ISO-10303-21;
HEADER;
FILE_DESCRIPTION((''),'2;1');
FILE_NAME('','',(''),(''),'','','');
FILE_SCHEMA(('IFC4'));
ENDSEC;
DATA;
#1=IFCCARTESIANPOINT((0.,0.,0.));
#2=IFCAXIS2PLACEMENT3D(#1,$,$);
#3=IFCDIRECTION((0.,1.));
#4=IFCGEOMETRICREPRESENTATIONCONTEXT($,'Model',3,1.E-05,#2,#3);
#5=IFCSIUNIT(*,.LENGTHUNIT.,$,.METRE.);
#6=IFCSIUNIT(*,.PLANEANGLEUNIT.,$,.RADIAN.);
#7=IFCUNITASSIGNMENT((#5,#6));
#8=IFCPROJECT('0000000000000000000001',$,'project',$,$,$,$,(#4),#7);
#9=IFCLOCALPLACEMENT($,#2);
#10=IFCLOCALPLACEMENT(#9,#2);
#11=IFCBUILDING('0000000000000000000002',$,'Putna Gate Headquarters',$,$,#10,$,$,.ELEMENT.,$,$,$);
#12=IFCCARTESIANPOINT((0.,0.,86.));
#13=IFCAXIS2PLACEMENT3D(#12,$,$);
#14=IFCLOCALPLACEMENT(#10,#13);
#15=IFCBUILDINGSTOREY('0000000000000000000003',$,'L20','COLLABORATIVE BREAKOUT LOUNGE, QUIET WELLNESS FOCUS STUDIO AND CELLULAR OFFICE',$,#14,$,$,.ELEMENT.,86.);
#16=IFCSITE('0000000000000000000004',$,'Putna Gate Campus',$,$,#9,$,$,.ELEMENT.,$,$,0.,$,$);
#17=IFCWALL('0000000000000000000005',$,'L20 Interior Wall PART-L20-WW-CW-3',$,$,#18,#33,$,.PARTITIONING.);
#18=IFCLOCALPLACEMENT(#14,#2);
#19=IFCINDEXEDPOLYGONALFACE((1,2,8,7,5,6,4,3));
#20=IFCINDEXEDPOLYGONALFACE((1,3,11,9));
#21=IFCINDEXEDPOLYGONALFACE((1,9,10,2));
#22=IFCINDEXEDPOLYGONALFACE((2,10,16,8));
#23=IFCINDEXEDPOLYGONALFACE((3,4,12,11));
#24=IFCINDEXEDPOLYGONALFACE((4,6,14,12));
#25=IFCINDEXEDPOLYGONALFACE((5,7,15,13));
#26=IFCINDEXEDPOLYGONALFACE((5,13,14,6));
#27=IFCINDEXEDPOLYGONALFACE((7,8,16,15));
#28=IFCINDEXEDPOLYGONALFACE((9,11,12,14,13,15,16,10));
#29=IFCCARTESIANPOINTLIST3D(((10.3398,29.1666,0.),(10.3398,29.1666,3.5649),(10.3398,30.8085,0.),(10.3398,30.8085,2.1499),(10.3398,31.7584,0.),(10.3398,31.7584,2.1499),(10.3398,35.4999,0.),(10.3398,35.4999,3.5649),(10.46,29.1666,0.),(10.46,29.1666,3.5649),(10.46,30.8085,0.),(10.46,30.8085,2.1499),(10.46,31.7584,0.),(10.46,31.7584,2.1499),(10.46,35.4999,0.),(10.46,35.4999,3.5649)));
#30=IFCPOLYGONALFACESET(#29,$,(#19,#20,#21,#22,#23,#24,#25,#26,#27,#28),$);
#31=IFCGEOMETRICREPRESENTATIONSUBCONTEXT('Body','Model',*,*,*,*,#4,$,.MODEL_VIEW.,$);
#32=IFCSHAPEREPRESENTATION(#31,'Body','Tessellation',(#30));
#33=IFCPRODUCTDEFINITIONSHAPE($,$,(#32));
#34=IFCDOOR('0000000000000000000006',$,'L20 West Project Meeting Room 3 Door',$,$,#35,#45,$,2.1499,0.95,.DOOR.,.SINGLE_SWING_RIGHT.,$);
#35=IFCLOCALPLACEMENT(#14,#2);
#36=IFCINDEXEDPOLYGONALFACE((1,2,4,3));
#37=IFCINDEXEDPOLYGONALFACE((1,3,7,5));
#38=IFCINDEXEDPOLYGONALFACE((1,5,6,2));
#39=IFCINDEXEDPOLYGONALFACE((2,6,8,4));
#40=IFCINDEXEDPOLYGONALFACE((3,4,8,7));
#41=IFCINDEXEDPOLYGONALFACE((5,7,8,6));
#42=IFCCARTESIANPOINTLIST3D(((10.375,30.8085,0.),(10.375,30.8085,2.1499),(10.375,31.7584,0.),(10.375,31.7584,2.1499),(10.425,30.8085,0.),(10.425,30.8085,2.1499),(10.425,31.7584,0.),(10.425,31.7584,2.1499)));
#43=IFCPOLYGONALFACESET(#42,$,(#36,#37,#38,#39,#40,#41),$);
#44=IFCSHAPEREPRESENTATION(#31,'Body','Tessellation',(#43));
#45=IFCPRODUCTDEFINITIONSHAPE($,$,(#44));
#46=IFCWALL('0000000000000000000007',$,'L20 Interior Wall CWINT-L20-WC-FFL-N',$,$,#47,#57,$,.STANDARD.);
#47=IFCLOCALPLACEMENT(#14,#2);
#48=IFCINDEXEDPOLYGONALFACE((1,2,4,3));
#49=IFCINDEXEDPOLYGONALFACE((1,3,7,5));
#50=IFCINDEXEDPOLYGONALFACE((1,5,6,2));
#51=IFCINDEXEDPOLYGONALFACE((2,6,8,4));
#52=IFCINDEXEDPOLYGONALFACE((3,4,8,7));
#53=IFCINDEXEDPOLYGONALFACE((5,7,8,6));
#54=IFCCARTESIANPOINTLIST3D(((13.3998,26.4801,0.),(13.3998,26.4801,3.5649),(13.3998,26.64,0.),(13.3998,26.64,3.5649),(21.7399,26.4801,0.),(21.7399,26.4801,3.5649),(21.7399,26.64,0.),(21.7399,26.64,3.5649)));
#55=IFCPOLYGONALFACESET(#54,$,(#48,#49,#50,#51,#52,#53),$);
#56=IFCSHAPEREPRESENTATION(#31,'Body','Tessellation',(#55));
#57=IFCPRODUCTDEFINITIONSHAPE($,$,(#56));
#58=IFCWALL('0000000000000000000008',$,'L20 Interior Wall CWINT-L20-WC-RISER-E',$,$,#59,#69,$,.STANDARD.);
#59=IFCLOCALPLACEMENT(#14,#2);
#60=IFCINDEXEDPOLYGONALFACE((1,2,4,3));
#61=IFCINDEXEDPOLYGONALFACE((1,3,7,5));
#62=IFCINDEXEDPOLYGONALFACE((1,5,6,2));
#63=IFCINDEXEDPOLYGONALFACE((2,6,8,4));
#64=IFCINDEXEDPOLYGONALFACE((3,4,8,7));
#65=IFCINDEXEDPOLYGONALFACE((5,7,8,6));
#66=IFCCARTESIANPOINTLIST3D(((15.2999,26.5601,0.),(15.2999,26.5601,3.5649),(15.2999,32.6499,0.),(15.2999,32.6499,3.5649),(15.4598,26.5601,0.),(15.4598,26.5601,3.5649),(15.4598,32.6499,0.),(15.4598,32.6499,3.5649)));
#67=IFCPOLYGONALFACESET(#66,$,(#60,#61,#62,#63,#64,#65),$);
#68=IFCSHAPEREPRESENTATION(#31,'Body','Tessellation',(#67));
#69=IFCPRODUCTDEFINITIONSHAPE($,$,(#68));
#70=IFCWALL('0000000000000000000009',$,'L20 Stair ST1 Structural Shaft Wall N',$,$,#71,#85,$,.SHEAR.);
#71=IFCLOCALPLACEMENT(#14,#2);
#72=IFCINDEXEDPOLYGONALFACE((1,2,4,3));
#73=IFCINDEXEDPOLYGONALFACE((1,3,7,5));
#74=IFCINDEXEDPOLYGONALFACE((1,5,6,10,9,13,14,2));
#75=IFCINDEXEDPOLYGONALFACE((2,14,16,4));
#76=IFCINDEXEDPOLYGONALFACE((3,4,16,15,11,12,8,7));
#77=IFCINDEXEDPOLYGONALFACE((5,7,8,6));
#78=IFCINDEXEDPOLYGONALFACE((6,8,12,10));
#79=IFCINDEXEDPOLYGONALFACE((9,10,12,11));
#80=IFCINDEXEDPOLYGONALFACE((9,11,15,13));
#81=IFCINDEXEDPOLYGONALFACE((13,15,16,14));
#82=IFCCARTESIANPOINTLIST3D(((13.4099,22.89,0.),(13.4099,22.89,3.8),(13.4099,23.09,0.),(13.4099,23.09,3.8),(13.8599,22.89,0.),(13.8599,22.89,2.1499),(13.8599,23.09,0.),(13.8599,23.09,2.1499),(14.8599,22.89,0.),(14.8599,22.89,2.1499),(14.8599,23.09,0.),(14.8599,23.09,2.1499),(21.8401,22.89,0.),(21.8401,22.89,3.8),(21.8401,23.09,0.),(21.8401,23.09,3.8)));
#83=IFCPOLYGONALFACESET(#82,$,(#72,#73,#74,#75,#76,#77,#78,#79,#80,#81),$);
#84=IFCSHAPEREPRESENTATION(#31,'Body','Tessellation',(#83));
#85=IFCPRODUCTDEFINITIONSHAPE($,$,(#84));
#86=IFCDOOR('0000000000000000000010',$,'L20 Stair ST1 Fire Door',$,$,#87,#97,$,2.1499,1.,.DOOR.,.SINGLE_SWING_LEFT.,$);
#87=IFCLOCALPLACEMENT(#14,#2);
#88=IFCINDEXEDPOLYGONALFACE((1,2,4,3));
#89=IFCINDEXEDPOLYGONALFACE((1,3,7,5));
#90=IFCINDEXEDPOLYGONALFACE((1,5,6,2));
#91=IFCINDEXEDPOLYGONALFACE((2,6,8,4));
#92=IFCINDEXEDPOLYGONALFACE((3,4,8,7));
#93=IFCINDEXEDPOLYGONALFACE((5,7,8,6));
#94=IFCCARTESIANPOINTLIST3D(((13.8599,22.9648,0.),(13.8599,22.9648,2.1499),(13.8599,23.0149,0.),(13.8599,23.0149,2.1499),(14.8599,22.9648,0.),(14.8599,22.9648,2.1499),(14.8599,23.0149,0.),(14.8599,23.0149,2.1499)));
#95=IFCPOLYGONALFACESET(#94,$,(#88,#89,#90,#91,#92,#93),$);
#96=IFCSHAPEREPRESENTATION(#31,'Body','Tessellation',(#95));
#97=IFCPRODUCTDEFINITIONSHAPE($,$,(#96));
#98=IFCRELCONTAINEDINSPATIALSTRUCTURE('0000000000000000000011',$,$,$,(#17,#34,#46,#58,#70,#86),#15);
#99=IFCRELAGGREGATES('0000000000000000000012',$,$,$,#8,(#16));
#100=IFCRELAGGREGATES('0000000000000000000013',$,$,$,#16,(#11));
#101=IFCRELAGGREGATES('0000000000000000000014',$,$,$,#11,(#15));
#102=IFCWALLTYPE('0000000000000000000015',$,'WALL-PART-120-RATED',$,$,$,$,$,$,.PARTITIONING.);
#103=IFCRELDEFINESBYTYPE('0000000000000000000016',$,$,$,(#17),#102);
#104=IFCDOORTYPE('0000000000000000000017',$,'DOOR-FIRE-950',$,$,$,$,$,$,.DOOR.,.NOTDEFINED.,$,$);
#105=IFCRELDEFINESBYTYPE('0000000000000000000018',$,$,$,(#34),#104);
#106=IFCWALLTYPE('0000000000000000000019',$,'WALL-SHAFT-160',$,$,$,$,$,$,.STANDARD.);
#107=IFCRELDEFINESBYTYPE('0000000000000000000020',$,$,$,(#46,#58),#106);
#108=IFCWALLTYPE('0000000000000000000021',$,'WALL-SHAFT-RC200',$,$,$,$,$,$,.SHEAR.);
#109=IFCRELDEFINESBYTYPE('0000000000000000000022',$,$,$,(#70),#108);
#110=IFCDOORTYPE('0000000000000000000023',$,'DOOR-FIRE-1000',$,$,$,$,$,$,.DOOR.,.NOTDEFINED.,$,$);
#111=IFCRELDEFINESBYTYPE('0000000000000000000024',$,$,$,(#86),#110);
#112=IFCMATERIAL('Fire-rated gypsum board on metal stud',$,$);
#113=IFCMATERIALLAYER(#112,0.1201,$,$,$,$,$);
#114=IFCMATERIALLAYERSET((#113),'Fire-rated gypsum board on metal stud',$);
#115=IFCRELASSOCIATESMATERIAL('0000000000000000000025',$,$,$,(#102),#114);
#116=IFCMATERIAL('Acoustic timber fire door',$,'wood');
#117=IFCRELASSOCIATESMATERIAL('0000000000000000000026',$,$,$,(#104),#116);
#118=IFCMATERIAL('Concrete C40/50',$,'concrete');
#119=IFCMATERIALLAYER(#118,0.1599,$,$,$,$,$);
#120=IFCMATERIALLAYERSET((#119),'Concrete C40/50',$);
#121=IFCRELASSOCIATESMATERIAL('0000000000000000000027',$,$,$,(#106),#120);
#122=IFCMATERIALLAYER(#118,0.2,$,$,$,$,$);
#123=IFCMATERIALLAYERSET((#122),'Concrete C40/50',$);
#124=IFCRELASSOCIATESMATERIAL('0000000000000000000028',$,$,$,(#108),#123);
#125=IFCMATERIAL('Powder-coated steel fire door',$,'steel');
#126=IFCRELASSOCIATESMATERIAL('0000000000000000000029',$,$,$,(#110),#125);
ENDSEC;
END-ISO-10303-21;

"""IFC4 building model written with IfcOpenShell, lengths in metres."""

from ifc_helpers import new_model, si_unit, direction, frame, frame_2d, origin, place, context, subcontext, project, spatial, rectangle, extrude, material, layer, layer_set, type_object, element, fill, save


model = new_model("IFC4")

# Units and contexts
model_context = context("Model", 3, precision=1e-05, world=origin(), true_north=direction((0.0, 1.0)))
body_context = subcontext(model_context, "Body", "Model", "MODEL_VIEW")
ifc_project = project(units=[si_unit("LENGTHUNIT", "METRE"), si_unit("PLANEANGLEUNIT", "RADIAN")], contexts=[model_context])

# Site, building, storey
site_placement = place(None, origin())
site = spatial("IfcSite", under=ifc_project, at=site_placement, Name="Putna Gate Campus", CompositionType="ELEMENT", RefElevation=0.0)
building_placement = place(site_placement, origin())
building = spatial("IfcBuilding", under=site, at=building_placement, Name="Putna Gate Headquarters", CompositionType="ELEMENT")
storey_placement = place(building_placement, frame((0.0, 0.0, 86.0)))
storey = spatial("IfcBuildingStorey", under=building, at=storey_placement, Name="L20", Description="COLLABORATIVE BREAKOUT LOUNGE, QUIET WELLNESS FOCUS STUDIO AND CELLULAR OFFICE", CompositionType="ELEMENT", Elevation=86.0)

# Wall, opening, door
ifc_material_1 = material(Name="Fire-rated gypsum board on metal stud")
ifc_layer_1 = layer(ifc_material_1, 0.1201)
ifc_layer_set_1 = layer_set([ifc_layer_1], Name="Fire-rated gypsum board on metal stud")
wall_type_1 = type_object("IfcWallType", Name="WALL-PART-120-RATED", PredefinedType="PARTITIONING", material=ifc_layer_set_1)
ifc_material_2 = material(Name="Acoustic timber fire door", Category="wood")
door_type_1 = type_object("IfcDoorType", Name="DOOR-FIRE-950", OperationType="NOTDEFINED", PredefinedType="DOOR", material=ifc_material_2)
wall_1_placement = place(storey_placement, frame((10.3999, 29.1667, 0.0), z_axis=(0.0, 0.0, 1.0), x_axis=(0.0, 1.0, 0.0)))
wall_1 = element("IfcWall", 1, at=wall_1_placement, inside=storey, type_object=wall_type_1, Name="L20 Interior Wall PART-L20-WW-CW-3", PredefinedType="PARTITIONING", context=body_context, shape_type="SweptSolid", body=[
    extrude(rectangle(XDim=6.3333, YDim=0.1201, at=frame_2d((3.1665, 0.0))), origin(), (0.0, 0.0, 1.0), 3.5649),
])
opening_1_placement = place(wall_1_placement, frame((1.6416, 0.0, 0.0)))
opening_1 = element("IfcOpeningElement", 2, at=opening_1_placement, cuts=wall_1, PredefinedType="OPENING", context=body_context, shape_type="SweptSolid", body=[
    extrude(rectangle(XDim=0.95, YDim=2.1499, at=frame_2d((0.4751, 1.075))), frame((0.0, 0.0701, 0.0), z_axis=(0.0, -1.0, 0.0), x_axis=(1.0, 0.0, 0.0)), (0.0, 0.0, 1.0), 0.1401),
])
door_1_placement = place(opening_1_placement, origin())
door_1 = element("IfcDoor", 3, at=door_1_placement, inside=storey, type_object=door_type_1, Name="L20 West Project Meeting Room 3 Door", OperationType="SINGLE_SWING_RIGHT", OverallHeight=2.1499, OverallWidth=0.95, PredefinedType="DOOR", context=body_context, shape_type="SweptSolid", body=[
    extrude(rectangle(XDim=0.95, YDim=2.1499, at=frame_2d((0.4751, 1.075))), frame((0.0, 0.0249, 0.0), z_axis=(0.0, -1.0, 0.0), x_axis=(1.0, 0.0, 0.0)), (0.0, 0.0, 1.0), 0.05),
])
fill(opening_1, door_1)

# Walls
ifc_material_3 = material(Name="Concrete C40/50", Category="concrete")
ifc_layer_2 = layer(ifc_material_3, 0.1599)
ifc_layer_set_2 = layer_set([ifc_layer_2], Name="Concrete C40/50")
wall_type_2 = type_object("IfcWallType", Name="WALL-SHAFT-160", PredefinedType="STANDARD", material=ifc_layer_set_2)
wall_2_placement = place(storey_placement, frame((13.3999, 26.5601, 0.0), z_axis=(0.0, 0.0, 1.0), x_axis=(1.0, 0.0, 0.0)))
element("IfcWall", 4, at=wall_2_placement, inside=storey, type_object=wall_type_2, Name="L20 Interior Wall CWINT-L20-WC-FFL-N", PredefinedType="STANDARD", context=body_context, shape_type="SweptSolid", body=[
    extrude(rectangle(XDim=8.3401, YDim=0.1599, at=frame_2d((4.1699, 0.0))), origin(), (0.0, 0.0, 1.0), 3.5649),
])
wall_3_placement = place(storey_placement, frame((15.3799, 26.5601, 0.0), z_axis=(0.0, 0.0, 1.0), x_axis=(0.0, 1.0, 0.0)))
element("IfcWall", 5, at=wall_3_placement, inside=storey, type_object=wall_type_2, Name="L20 Interior Wall CWINT-L20-WC-RISER-E", PredefinedType="STANDARD", context=body_context, shape_type="SweptSolid", body=[
    extrude(rectangle(XDim=6.0898, YDim=0.1599, at=frame_2d((3.0449, 0.0))), origin(), (0.0, 0.0, 1.0), 3.5649),
])

# Wall, opening, door
ifc_layer_3 = layer(ifc_material_3, 0.2)
ifc_layer_set_3 = layer_set([ifc_layer_3], Name="Concrete C40/50")
wall_type_3 = type_object("IfcWallType", Name="WALL-SHAFT-RC200", PredefinedType="SHEAR", material=ifc_layer_set_3)
wall_4_placement = place(storey_placement, frame((13.4099, 22.99, 0.0), z_axis=(0.0, 0.0, 1.0), x_axis=(1.0, 0.0, 0.0)))
wall_4 = element("IfcWall", 6, at=wall_4_placement, inside=storey, type_object=wall_type_3, Name="L20 Stair ST1 Structural Shaft Wall N", PredefinedType="SHEAR", context=body_context, shape_type="SweptSolid", body=[
    extrude(rectangle(XDim=8.4302, YDim=0.2, at=frame_2d((4.2151, 0.0))), origin(), (0.0, 0.0, 1.0), 3.8),
])
opening_2_placement = place(wall_4_placement, frame((0.45, 0.0, 0.0)))
opening_2 = element("IfcOpeningElement", 7, at=opening_2_placement, cuts=wall_4, PredefinedType="OPENING", context=body_context, shape_type="SweptSolid", body=[
    extrude(rectangle(XDim=1.0, YDim=2.1499, at=frame_2d((0.5, 1.075))), frame((0.0, 0.1099, 0.0), z_axis=(0.0, -1.0, 0.0), x_axis=(1.0, 0.0, 0.0)), (0.0, 0.0, 1.0), 0.22),
])
ifc_material_4 = material(Name="Powder-coated steel fire door", Category="steel")
door_type_2 = type_object("IfcDoorType", Name="DOOR-FIRE-1000", OperationType="NOTDEFINED", PredefinedType="DOOR", material=ifc_material_4)
door_2_placement = place(opening_2_placement, origin())
door_2 = element("IfcDoor", 8, at=door_2_placement, inside=storey, type_object=door_type_2, Name="L20 Stair ST1 Fire Door", OperationType="SINGLE_SWING_LEFT", OverallHeight=2.1499, OverallWidth=1.0, PredefinedType="DOOR", context=body_context, shape_type="SweptSolid", body=[
    extrude(rectangle(XDim=1.0, YDim=2.1499, at=frame_2d((0.5, 1.075))), frame((0.0, 0.0249, 0.0), z_axis=(0.0, -1.0, 0.0), x_axis=(1.0, 0.0, 0.0)), (0.0, 0.0, 1.0), 0.05),
])
fill(opening_2, door_2)

save(model, "model.ifc")
